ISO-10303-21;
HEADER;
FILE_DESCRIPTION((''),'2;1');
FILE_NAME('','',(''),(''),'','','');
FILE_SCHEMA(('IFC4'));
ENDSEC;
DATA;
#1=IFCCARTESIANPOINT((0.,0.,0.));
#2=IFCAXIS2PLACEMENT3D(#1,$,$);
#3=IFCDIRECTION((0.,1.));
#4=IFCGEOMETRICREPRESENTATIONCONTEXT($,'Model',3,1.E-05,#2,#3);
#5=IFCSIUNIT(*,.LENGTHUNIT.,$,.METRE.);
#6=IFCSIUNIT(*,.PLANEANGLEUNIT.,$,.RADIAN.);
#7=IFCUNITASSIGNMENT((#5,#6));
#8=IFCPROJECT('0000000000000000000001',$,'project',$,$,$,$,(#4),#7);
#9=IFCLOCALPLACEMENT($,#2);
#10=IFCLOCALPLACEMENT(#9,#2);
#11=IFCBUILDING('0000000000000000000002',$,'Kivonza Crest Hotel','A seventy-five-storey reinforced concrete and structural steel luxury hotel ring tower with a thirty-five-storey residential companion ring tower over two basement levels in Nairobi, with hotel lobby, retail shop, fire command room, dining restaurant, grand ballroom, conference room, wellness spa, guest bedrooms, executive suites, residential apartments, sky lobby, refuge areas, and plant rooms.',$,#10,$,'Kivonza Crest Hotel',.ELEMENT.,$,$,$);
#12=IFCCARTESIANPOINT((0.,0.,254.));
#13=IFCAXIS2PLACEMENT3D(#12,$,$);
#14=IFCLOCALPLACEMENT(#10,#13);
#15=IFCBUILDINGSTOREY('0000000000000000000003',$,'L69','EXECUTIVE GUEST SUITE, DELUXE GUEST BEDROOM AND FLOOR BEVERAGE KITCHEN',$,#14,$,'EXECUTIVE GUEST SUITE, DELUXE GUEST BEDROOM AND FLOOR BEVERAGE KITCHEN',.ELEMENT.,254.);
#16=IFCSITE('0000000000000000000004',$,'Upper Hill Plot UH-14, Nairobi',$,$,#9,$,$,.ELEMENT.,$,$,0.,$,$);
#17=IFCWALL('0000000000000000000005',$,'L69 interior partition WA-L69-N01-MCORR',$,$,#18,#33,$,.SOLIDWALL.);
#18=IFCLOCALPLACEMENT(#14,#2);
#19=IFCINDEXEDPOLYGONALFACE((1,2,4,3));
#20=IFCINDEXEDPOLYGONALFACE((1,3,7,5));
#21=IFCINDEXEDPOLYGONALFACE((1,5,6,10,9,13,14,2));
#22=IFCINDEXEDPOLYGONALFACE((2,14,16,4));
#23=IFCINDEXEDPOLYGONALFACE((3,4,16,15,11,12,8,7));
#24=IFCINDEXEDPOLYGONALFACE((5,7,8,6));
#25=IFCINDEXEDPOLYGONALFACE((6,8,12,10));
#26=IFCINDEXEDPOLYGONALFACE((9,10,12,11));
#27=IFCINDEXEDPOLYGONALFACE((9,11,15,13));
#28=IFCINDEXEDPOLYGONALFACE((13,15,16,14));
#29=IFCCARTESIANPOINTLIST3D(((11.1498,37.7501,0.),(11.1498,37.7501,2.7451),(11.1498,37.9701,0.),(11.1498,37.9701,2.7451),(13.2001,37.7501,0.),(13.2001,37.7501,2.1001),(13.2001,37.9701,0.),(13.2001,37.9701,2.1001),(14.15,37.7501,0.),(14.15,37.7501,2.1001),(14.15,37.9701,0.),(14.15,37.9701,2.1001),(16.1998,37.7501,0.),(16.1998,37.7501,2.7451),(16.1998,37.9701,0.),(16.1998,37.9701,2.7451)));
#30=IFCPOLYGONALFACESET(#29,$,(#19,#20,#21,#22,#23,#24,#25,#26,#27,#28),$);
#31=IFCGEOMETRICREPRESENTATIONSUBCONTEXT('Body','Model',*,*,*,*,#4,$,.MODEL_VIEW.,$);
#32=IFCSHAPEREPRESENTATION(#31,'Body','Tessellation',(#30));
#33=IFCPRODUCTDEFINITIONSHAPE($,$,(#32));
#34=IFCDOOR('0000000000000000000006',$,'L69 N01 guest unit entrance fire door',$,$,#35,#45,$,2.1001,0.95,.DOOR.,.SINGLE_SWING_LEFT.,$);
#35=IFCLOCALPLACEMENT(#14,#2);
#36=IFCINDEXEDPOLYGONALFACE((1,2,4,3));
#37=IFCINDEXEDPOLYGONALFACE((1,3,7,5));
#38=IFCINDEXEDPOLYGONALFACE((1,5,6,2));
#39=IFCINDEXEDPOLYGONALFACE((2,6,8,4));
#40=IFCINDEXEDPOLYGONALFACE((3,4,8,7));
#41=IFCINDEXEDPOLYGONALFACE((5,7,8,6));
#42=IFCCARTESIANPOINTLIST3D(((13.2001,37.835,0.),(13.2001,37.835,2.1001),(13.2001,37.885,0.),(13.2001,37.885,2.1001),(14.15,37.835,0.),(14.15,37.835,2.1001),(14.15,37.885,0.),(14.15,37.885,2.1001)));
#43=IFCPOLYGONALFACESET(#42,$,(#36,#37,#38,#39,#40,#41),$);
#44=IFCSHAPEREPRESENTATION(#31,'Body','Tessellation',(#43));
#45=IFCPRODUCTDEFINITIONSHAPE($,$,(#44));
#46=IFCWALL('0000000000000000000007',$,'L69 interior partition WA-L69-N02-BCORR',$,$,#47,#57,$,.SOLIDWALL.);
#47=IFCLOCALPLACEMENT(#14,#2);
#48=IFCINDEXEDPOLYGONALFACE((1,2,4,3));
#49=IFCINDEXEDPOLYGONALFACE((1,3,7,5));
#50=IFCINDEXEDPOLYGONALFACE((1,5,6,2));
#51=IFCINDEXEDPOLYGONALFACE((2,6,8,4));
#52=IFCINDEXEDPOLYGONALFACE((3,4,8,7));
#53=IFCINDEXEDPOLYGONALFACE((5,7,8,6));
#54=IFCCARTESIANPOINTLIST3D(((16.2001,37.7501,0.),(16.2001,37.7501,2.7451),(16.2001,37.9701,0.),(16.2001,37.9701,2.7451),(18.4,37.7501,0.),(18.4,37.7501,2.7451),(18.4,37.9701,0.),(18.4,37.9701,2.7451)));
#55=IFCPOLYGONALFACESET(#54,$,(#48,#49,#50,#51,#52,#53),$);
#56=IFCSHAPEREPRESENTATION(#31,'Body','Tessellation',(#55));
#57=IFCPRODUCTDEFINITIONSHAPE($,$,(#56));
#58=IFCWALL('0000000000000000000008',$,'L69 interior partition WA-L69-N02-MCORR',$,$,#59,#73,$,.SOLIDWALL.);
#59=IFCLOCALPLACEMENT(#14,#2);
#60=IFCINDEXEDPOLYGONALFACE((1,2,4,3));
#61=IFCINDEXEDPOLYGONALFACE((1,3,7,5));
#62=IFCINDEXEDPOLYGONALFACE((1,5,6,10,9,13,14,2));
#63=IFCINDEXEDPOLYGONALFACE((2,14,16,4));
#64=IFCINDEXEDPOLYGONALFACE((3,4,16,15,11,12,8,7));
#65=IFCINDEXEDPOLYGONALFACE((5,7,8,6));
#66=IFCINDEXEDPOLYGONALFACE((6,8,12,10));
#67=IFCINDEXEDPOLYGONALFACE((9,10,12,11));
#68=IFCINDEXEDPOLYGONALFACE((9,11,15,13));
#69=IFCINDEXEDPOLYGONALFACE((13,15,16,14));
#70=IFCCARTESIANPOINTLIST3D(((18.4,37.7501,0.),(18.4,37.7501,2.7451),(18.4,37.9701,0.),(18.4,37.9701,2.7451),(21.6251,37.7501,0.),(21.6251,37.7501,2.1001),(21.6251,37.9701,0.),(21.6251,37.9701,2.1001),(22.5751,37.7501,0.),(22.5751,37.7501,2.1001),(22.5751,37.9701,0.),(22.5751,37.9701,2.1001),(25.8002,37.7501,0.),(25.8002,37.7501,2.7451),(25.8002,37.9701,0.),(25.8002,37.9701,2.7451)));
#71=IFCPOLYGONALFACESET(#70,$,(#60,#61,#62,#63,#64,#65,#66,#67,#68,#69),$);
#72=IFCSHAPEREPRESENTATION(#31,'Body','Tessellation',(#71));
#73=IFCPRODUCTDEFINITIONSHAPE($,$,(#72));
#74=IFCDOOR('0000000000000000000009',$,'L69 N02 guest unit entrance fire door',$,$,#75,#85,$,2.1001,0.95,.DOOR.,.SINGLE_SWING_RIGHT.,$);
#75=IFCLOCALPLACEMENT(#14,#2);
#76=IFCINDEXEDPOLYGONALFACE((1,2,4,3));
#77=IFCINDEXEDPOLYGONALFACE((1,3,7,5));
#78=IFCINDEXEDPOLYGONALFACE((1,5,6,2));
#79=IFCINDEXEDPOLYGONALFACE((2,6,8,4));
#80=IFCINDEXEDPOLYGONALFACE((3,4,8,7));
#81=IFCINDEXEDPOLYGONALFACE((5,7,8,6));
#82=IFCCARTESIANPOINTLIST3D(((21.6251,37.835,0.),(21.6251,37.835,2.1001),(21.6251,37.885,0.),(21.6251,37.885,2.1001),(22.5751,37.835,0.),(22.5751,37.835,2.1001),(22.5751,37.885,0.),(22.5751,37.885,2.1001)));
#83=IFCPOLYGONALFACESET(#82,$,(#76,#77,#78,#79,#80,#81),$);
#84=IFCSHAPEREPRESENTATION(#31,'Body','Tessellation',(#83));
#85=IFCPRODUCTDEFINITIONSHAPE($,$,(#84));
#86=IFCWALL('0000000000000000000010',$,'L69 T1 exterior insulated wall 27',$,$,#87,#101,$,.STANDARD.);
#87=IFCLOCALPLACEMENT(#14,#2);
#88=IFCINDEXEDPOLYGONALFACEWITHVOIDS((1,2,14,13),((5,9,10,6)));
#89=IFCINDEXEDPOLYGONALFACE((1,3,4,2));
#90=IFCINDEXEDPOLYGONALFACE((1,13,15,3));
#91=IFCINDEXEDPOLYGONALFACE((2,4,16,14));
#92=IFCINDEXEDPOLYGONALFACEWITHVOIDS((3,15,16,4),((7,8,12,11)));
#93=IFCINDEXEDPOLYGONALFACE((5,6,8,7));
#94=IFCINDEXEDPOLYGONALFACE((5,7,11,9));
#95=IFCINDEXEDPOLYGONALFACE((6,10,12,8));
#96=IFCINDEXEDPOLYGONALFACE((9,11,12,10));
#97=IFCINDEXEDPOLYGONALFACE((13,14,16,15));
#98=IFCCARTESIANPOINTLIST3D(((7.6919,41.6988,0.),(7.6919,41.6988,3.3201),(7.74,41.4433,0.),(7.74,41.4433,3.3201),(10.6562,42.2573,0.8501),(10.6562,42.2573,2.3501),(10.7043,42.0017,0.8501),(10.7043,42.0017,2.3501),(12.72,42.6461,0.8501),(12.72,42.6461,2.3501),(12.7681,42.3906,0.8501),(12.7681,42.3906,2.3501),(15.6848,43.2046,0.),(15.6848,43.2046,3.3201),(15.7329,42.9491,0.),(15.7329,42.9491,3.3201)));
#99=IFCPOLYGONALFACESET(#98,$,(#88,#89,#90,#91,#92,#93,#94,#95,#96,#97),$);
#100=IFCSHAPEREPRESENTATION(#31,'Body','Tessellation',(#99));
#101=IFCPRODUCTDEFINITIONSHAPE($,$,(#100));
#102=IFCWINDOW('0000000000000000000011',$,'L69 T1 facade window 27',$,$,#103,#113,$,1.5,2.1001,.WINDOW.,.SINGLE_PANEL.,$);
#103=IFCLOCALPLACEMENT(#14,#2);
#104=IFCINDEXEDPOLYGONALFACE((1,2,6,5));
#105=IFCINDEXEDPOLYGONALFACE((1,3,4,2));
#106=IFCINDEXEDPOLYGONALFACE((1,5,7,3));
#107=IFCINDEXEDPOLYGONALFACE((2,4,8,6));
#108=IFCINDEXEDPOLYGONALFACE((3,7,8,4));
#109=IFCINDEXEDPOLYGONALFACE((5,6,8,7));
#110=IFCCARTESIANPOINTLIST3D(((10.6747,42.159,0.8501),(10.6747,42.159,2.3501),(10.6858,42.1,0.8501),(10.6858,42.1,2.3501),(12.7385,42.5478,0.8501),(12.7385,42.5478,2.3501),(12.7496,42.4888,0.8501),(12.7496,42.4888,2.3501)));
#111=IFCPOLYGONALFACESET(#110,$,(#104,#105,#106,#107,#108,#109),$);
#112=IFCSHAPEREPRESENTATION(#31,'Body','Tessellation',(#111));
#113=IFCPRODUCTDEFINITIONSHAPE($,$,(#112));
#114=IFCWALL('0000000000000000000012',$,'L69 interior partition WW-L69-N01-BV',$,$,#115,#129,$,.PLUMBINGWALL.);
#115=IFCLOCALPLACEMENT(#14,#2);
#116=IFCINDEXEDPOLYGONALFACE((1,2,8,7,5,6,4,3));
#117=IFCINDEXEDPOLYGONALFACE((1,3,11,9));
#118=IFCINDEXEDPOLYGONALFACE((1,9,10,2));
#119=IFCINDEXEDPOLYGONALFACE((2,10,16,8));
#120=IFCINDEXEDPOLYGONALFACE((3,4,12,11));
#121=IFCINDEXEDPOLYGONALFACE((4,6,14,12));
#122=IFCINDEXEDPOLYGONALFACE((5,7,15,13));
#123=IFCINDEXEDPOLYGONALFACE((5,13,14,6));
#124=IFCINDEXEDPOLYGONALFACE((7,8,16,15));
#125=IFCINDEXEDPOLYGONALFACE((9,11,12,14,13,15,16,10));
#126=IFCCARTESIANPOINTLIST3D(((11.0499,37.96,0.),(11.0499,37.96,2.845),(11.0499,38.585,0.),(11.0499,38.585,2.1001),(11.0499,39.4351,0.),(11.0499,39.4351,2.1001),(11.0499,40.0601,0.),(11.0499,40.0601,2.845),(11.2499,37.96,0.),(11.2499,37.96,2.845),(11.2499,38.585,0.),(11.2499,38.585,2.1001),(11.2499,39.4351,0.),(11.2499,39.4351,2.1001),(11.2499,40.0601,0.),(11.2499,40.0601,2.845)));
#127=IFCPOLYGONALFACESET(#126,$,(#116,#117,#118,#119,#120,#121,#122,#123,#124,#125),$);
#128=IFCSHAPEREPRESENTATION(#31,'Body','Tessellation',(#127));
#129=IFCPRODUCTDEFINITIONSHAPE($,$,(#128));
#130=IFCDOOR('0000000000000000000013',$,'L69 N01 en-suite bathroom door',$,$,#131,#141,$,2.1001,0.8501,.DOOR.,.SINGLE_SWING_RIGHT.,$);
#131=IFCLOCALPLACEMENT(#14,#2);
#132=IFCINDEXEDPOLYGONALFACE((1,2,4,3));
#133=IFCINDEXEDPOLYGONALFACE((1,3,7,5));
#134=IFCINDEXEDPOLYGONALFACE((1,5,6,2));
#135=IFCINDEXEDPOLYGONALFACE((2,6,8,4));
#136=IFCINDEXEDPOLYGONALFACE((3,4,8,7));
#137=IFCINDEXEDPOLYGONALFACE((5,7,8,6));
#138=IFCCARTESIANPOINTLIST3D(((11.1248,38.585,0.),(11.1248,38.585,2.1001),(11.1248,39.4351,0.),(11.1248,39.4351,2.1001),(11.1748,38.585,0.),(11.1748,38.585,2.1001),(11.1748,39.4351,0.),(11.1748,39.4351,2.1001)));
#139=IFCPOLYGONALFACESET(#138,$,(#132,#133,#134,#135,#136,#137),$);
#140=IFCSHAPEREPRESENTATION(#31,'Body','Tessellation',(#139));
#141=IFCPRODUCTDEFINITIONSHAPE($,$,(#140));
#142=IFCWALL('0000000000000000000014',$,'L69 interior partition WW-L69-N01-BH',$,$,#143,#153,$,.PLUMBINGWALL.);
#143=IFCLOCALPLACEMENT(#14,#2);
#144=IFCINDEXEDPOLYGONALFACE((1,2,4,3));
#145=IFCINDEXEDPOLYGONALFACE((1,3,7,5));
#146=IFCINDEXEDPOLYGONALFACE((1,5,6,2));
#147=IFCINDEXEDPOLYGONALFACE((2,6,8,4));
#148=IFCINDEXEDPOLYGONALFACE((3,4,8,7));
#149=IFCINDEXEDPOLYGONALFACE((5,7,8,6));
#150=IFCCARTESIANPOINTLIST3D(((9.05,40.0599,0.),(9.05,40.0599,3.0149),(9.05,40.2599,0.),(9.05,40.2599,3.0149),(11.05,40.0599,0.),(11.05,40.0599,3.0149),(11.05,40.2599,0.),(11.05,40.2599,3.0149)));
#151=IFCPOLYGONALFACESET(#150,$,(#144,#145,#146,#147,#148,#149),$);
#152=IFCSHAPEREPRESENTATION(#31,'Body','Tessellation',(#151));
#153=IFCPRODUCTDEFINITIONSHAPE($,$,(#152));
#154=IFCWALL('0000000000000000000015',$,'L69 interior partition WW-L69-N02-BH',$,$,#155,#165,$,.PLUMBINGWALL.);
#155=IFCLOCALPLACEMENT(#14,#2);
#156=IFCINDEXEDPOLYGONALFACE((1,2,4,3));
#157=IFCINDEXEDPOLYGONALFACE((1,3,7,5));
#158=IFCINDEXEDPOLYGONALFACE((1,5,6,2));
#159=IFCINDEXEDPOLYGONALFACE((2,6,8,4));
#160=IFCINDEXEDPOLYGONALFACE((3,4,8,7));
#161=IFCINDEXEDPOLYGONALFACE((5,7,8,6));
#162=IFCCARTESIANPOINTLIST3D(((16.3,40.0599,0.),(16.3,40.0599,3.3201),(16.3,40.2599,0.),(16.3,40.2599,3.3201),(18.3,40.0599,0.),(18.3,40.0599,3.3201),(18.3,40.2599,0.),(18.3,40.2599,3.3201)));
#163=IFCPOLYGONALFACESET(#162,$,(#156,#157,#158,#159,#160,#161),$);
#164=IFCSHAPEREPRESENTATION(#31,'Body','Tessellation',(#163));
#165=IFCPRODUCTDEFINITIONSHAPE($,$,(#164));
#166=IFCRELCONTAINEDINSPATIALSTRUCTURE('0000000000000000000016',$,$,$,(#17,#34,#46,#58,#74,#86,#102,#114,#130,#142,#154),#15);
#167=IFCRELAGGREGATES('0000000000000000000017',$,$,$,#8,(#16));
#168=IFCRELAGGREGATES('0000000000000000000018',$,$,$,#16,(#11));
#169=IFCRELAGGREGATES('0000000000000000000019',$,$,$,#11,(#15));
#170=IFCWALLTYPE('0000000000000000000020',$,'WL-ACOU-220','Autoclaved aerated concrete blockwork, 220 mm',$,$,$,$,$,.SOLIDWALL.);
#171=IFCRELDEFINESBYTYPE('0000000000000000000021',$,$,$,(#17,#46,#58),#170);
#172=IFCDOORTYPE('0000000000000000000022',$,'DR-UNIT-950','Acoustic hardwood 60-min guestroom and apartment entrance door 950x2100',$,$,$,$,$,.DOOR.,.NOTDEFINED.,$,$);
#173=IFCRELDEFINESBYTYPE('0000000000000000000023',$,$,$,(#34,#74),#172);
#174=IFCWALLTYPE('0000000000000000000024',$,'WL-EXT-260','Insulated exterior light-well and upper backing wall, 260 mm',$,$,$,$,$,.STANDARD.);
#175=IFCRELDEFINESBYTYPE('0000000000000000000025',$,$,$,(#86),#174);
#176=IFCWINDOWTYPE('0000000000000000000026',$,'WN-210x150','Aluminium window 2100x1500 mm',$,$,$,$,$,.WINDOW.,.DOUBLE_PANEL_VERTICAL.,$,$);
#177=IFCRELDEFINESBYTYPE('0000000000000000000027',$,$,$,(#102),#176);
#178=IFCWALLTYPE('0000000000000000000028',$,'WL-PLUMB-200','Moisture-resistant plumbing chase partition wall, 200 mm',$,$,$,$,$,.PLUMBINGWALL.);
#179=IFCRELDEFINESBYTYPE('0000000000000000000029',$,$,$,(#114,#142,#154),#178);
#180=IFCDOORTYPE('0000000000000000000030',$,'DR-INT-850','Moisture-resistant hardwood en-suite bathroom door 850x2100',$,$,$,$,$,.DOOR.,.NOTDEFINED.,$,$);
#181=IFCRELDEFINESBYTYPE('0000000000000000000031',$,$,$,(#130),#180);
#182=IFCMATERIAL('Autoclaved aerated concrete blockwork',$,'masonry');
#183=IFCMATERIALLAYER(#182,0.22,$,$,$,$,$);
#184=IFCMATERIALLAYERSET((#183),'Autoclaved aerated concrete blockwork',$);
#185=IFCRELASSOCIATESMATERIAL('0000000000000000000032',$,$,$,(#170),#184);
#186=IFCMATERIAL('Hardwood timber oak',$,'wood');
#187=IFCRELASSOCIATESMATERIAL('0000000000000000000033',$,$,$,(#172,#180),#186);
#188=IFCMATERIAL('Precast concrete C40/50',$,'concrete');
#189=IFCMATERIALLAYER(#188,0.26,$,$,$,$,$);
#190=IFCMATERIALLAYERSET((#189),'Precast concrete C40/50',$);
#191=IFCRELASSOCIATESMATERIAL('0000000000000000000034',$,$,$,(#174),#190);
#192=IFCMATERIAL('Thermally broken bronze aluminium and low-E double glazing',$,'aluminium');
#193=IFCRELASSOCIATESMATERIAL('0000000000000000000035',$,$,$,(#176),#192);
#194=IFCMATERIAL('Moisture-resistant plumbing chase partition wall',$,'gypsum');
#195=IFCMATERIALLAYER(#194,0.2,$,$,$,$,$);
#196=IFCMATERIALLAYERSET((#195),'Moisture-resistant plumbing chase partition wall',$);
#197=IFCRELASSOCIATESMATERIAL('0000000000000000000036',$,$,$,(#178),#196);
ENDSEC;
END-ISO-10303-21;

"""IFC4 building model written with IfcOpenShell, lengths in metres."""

from ifc_helpers import new_model, si_unit, direction, frame, frame_2d, origin, place, context, subcontext, project, spatial, rectangle, extrude, material, layer, layer_set, type_object, element, fill, save


model = new_model("IFC4")

# Units and contexts
model_context = context("Model", 3, precision=1e-05, world=origin(), true_north=direction((0.0, 1.0)))
body_context = subcontext(model_context, "Body", "Model", "MODEL_VIEW")
ifc_project = project(units=[si_unit("LENGTHUNIT", "METRE"), si_unit("PLANEANGLEUNIT", "RADIAN")], contexts=[model_context])

# Site, building, storey
site_placement = place(None, origin())
site = spatial("IfcSite", under=ifc_project, at=site_placement, Name="Upper Hill Plot UH-14, Nairobi", CompositionType="ELEMENT", RefElevation=0.0)
building_placement = place(site_placement, origin())
building = spatial("IfcBuilding", under=site, at=building_placement, Name="Kivonza Crest Hotel", Description="A seventy-five-storey reinforced concrete and structural steel luxury hotel ring tower with a thirty-five-storey residential companion ring tower over two basement levels in Nairobi, with hotel lobby, retail shop, fire command room, dining restaurant, grand ballroom, conference room, wellness spa, guest bedrooms, executive suites, residential apartments, sky lobby, refuge areas, and plant rooms.", LongName="Kivonza Crest Hotel", CompositionType="ELEMENT")
storey_placement = place(building_placement, frame((0.0, 0.0, 254.0)))
storey = spatial("IfcBuildingStorey", under=building, at=storey_placement, Name="L69", Description="EXECUTIVE GUEST SUITE, DELUXE GUEST BEDROOM AND FLOOR BEVERAGE KITCHEN", LongName="EXECUTIVE GUEST SUITE, DELUXE GUEST BEDROOM AND FLOOR BEVERAGE KITCHEN", CompositionType="ELEMENT", Elevation=254.0)

# Wall, opening, door
ifc_material_1 = material(Name="Autoclaved aerated concrete blockwork", Category="masonry")
ifc_layer_1 = layer(ifc_material_1, 0.22)
ifc_layer_set_1 = layer_set([ifc_layer_1], Name="Autoclaved aerated concrete blockwork")
wall_type_1 = type_object("IfcWallType", Name="WL-ACOU-220", Description="Autoclaved aerated concrete blockwork, 220 mm", PredefinedType="SOLIDWALL", material=ifc_layer_set_1)
wall_1_placement = place(storey_placement, frame((11.1499, 37.8601, 0.0), z_axis=(0.0, 0.0, 1.0), x_axis=(1.0, 0.0, 0.0)))
wall_1 = element("IfcWall", 1, at=wall_1_placement, inside=storey, type_object=wall_type_1, Name="L69 interior partition WA-L69-N01-MCORR", PredefinedType="SOLIDWALL", context=body_context, shape_type="SweptSolid", body=[
    extrude(rectangle(XDim=5.05, YDim=0.22, at=frame_2d((2.5249, 0.0))), origin(), (0.0, 0.0, 1.0), 2.7451),
])
opening_1_placement = place(wall_1_placement, frame((2.05, 0.0, 0.0)))
opening_1 = element("IfcOpeningElement", 2, at=opening_1_placement, cuts=wall_1, PredefinedType="OPENING", context=body_context, shape_type="SweptSolid", body=[
    extrude(rectangle(XDim=0.95, YDim=2.1001, at=frame_2d((0.4751, 1.05))), frame((0.0, 0.1201, 0.0), z_axis=(0.0, -1.0, 0.0), x_axis=(1.0, 0.0, 0.0)), (0.0, 0.0, 1.0), 0.24),
])
ifc_material_2 = material(Name="Hardwood timber oak", Category="wood")
door_type_1 = type_object("IfcDoorType", Name="DR-UNIT-950", Description="Acoustic hardwood 60-min guestroom and apartment entrance door 950x2100", OperationType="NOTDEFINED", PredefinedType="DOOR", material=ifc_material_2)
door_1_placement = place(opening_1_placement, origin())
door_1 = element("IfcDoor", 3, at=door_1_placement, inside=storey, type_object=door_type_1, Name="L69 N01 guest unit entrance fire door", OperationType="SINGLE_SWING_LEFT", OverallHeight=2.1001, OverallWidth=0.95, PredefinedType="DOOR", context=body_context, shape_type="SweptSolid", body=[
    extrude(rectangle(XDim=0.95, YDim=2.1001, at=frame_2d((0.4751, 1.05))), frame((0.0, 0.0249, 0.0), z_axis=(0.0, -1.0, 0.0), x_axis=(1.0, 0.0, 0.0)), (0.0, 0.0, 1.0), 0.05),
])
fill(opening_1, door_1)

# Wall
wall_2_placement = place(storey_placement, frame((16.2, 37.8601, 0.0), z_axis=(0.0, 0.0, 1.0), x_axis=(1.0, 0.0, 0.0)))
element("IfcWall", 4, at=wall_2_placement, inside=storey, type_object=wall_type_1, Name="L69 interior partition WA-L69-N02-BCORR", PredefinedType="SOLIDWALL", context=body_context, shape_type="SweptSolid", body=[
    extrude(rectangle(XDim=2.2, YDim=0.22, at=frame_2d((1.1001, 0.0))), origin(), (0.0, 0.0, 1.0), 2.7451),
])

# Wall, opening, door
wall_3_placement = place(storey_placement, frame((18.3999, 37.8601, 0.0), z_axis=(0.0, 0.0, 1.0), x_axis=(1.0, 0.0, 0.0)))
wall_3 = element("IfcWall", 5, at=wall_3_placement, inside=storey, type_object=wall_type_1, Name="L69 interior partition WA-L69-N02-MCORR", PredefinedType="SOLIDWALL", context=body_context, shape_type="SweptSolid", body=[
    extrude(rectangle(XDim=7.4001, YDim=0.22, at=frame_2d((3.7002, 0.0))), origin(), (0.0, 0.0, 1.0), 2.7451),
])
opening_2_placement = place(wall_3_placement, frame((3.2251, 0.0, 0.0)))
opening_2 = element("IfcOpeningElement", 6, at=opening_2_placement, cuts=wall_3, PredefinedType="OPENING", context=body_context, shape_type="SweptSolid", body=[
    extrude(rectangle(XDim=0.95, YDim=2.1001, at=frame_2d((0.4751, 1.05))), frame((0.0, 0.1201, 0.0), z_axis=(0.0, -1.0, 0.0), x_axis=(1.0, 0.0, 0.0)), (0.0, 0.0, 1.0), 0.24),
])
door_2_placement = place(opening_2_placement, origin())
door_2 = element("IfcDoor", 7, at=door_2_placement, inside=storey, type_object=door_type_1, Name="L69 N02 guest unit entrance fire door", OperationType="SINGLE_SWING_RIGHT", OverallHeight=2.1001, OverallWidth=0.95, PredefinedType="DOOR", context=body_context, shape_type="SweptSolid", body=[
    extrude(rectangle(XDim=0.95, YDim=2.1001, at=frame_2d((0.4751, 1.05))), frame((0.0, 0.0249, 0.0), z_axis=(0.0, -1.0, 0.0), x_axis=(1.0, 0.0, 0.0)), (0.0, 0.0, 1.0), 0.05),
])
fill(opening_2, door_2)

# Wall, opening, window
ifc_material_3 = material(Name="Precast concrete C40/50", Category="concrete")
ifc_layer_2 = layer(ifc_material_3, 0.26)
ifc_layer_set_2 = layer_set([ifc_layer_2], Name="Precast concrete C40/50")
wall_type_2 = type_object("IfcWallType", Name="WL-EXT-260", Description="Insulated exterior light-well and upper backing wall, 260 mm", PredefinedType="STANDARD", material=ifc_layer_set_2)
wall_4_placement = place(storey_placement, frame((15.709, 43.0769, 0.0), z_axis=(0.0, 0.0, 1.0), x_axis=(-0.982712, -0.185142, 0.0)))
wall_4 = element("IfcWall", 8, at=wall_4_placement, inside=storey, type_object=wall_type_2, Name="L69 T1 exterior insulated wall 27", PredefinedType="STANDARD", context=body_context, shape_type="SweptSolid", body=[
    extrude(rectangle(XDim=8.1335, YDim=0.26, at=frame_2d((4.0669, 0.0))), origin(), (0.0, 0.0, 1.0), 3.3201),
])
opening_3_placement = place(wall_4_placement, frame((3.0171, 0.0, 0.8501)))
opening_3 = element("IfcOpeningElement", 9, at=opening_3_placement, cuts=wall_4, PredefinedType="OPENING", context=body_context, shape_type="SweptSolid", body=[
    extrude(rectangle(XDim=2.1001, YDim=1.5, at=frame_2d((1.05, 0.75))), frame((0.0, 0.1401, 0.0), z_axis=(0.0, -1.0, 0.0), x_axis=(1.0, 0.0, 0.0)), (0.0, 0.0, 1.0), 0.28),
])
ifc_material_4 = material(Name="Thermally broken bronze aluminium and low-E double glazing", Category="aluminium")
window_type = type_object("IfcWindowType", Name="WN-210x150", Description="Aluminium window 2100x1500 mm", PartitioningType="DOUBLE_PANEL_VERTICAL", PredefinedType="WINDOW", material=ifc_material_4)
window_placement = place(opening_3_placement, origin())
window = element("IfcWindow", 10, at=window_placement, inside=storey, type_object=window_type, Name="L69 T1 facade window 27", OverallHeight=1.5, OverallWidth=2.1001, PartitioningType="SINGLE_PANEL", PredefinedType="WINDOW", context=body_context, shape_type="SweptSolid", body=[
    extrude(rectangle(XDim=2.1001, YDim=1.5, at=frame_2d((1.05, 0.75))), frame((0.0, 0.03, 0.0), z_axis=(0.0, -1.0, 0.0), x_axis=(1.0, 0.0, 0.0)), (0.0, 0.0, 1.0), 0.0601),
])
fill(opening_3, window)

# Wall, opening, door
ifc_material_5 = material(Name="Moisture-resistant plumbing chase partition wall", Category="gypsum")
ifc_layer_3 = layer(ifc_material_5, 0.2)
ifc_layer_set_3 = layer_set([ifc_layer_3], Name="Moisture-resistant plumbing chase partition wall")
wall_type_3 = type_object("IfcWallType", Name="WL-PLUMB-200", Description="Moisture-resistant plumbing chase partition wall, 200 mm", PredefinedType="PLUMBINGWALL", material=ifc_layer_set_3)
wall_5_placement = place(storey_placement, frame((11.1499, 37.96, 0.0), z_axis=(0.0, 0.0, 1.0), x_axis=(0.0, 1.0, 0.0)))
wall_5 = element("IfcWall", 11, at=wall_5_placement, inside=storey, type_object=wall_type_3, Name="L69 interior partition WW-L69-N01-BV", PredefinedType="PLUMBINGWALL", context=body_context, shape_type="SweptSolid", body=[
    extrude(rectangle(XDim=2.1001, YDim=0.2, at=frame_2d((1.05, 0.0))), origin(), (0.0, 0.0, 1.0), 2.845),
])
opening_4_placement = place(wall_5_placement, frame((0.625, 0.0, 0.0)))
opening_4 = element("IfcOpeningElement", 12, at=opening_4_placement, cuts=wall_5, PredefinedType="OPENING", context=body_context, shape_type="SweptSolid", body=[
    extrude(rectangle(XDim=0.8501, YDim=2.1001, at=frame_2d((0.425, 1.05))), frame((0.0, 0.1099, 0.0), z_axis=(0.0, -1.0, 0.0), x_axis=(1.0, 0.0, 0.0)), (0.0, 0.0, 1.0), 0.22),
])
door_type_2 = type_object("IfcDoorType", Name="DR-INT-850", Description="Moisture-resistant hardwood en-suite bathroom door 850x2100", OperationType="NOTDEFINED", PredefinedType="DOOR", material=ifc_material_2)
door_3_placement = place(opening_4_placement, frame((0.8501, 0.0, 0.0), z_axis=(0.0, 0.0, 1.0), x_axis=(-1.0, 0.0, 0.0)))
door_3 = element("IfcDoor", 13, at=door_3_placement, inside=storey, type_object=door_type_2, Name="L69 N01 en-suite bathroom door", OperationType="SINGLE_SWING_RIGHT", OverallHeight=2.1001, OverallWidth=0.8501, PredefinedType="DOOR", context=body_context, shape_type="SweptSolid", body=[
    extrude(rectangle(XDim=0.8501, YDim=2.1001, at=frame_2d((0.425, 1.05))), frame((0.0, 0.0249, 0.0), z_axis=(0.0, -1.0, 0.0), x_axis=(1.0, 0.0, 0.0)), (0.0, 0.0, 1.0), 0.05),
])
fill(opening_4, door_3)

# Walls
wall_6_placement = place(storey_placement, frame((9.05, 40.1599, 0.0), z_axis=(0.0, 0.0, 1.0), x_axis=(1.0, 0.0, 0.0)))
element("IfcWall", 14, at=wall_6_placement, inside=storey, type_object=wall_type_3, Name="L69 interior partition WW-L69-N01-BH", PredefinedType="PLUMBINGWALL", context=body_context, shape_type="SweptSolid", body=[
    extrude(rectangle(XDim=2.0, YDim=0.2, at=frame_2d((1.0, 0.0))), origin(), (0.0, 0.0, 1.0), 3.0149),
])
wall_7_placement = place(storey_placement, frame((16.3, 40.1599, 0.0), z_axis=(0.0, 0.0, 1.0), x_axis=(1.0, 0.0, 0.0)))
element("IfcWall", 15, at=wall_7_placement, inside=storey, type_object=wall_type_3, Name="L69 interior partition WW-L69-N02-BH", PredefinedType="PLUMBINGWALL", context=body_context, shape_type="SweptSolid", body=[
    extrude(rectangle(XDim=2.0, YDim=0.2, at=frame_2d((1.0, 0.0))), origin(), (0.0, 0.0, 1.0), 3.3201),
])

save(model, "model.ifc")
